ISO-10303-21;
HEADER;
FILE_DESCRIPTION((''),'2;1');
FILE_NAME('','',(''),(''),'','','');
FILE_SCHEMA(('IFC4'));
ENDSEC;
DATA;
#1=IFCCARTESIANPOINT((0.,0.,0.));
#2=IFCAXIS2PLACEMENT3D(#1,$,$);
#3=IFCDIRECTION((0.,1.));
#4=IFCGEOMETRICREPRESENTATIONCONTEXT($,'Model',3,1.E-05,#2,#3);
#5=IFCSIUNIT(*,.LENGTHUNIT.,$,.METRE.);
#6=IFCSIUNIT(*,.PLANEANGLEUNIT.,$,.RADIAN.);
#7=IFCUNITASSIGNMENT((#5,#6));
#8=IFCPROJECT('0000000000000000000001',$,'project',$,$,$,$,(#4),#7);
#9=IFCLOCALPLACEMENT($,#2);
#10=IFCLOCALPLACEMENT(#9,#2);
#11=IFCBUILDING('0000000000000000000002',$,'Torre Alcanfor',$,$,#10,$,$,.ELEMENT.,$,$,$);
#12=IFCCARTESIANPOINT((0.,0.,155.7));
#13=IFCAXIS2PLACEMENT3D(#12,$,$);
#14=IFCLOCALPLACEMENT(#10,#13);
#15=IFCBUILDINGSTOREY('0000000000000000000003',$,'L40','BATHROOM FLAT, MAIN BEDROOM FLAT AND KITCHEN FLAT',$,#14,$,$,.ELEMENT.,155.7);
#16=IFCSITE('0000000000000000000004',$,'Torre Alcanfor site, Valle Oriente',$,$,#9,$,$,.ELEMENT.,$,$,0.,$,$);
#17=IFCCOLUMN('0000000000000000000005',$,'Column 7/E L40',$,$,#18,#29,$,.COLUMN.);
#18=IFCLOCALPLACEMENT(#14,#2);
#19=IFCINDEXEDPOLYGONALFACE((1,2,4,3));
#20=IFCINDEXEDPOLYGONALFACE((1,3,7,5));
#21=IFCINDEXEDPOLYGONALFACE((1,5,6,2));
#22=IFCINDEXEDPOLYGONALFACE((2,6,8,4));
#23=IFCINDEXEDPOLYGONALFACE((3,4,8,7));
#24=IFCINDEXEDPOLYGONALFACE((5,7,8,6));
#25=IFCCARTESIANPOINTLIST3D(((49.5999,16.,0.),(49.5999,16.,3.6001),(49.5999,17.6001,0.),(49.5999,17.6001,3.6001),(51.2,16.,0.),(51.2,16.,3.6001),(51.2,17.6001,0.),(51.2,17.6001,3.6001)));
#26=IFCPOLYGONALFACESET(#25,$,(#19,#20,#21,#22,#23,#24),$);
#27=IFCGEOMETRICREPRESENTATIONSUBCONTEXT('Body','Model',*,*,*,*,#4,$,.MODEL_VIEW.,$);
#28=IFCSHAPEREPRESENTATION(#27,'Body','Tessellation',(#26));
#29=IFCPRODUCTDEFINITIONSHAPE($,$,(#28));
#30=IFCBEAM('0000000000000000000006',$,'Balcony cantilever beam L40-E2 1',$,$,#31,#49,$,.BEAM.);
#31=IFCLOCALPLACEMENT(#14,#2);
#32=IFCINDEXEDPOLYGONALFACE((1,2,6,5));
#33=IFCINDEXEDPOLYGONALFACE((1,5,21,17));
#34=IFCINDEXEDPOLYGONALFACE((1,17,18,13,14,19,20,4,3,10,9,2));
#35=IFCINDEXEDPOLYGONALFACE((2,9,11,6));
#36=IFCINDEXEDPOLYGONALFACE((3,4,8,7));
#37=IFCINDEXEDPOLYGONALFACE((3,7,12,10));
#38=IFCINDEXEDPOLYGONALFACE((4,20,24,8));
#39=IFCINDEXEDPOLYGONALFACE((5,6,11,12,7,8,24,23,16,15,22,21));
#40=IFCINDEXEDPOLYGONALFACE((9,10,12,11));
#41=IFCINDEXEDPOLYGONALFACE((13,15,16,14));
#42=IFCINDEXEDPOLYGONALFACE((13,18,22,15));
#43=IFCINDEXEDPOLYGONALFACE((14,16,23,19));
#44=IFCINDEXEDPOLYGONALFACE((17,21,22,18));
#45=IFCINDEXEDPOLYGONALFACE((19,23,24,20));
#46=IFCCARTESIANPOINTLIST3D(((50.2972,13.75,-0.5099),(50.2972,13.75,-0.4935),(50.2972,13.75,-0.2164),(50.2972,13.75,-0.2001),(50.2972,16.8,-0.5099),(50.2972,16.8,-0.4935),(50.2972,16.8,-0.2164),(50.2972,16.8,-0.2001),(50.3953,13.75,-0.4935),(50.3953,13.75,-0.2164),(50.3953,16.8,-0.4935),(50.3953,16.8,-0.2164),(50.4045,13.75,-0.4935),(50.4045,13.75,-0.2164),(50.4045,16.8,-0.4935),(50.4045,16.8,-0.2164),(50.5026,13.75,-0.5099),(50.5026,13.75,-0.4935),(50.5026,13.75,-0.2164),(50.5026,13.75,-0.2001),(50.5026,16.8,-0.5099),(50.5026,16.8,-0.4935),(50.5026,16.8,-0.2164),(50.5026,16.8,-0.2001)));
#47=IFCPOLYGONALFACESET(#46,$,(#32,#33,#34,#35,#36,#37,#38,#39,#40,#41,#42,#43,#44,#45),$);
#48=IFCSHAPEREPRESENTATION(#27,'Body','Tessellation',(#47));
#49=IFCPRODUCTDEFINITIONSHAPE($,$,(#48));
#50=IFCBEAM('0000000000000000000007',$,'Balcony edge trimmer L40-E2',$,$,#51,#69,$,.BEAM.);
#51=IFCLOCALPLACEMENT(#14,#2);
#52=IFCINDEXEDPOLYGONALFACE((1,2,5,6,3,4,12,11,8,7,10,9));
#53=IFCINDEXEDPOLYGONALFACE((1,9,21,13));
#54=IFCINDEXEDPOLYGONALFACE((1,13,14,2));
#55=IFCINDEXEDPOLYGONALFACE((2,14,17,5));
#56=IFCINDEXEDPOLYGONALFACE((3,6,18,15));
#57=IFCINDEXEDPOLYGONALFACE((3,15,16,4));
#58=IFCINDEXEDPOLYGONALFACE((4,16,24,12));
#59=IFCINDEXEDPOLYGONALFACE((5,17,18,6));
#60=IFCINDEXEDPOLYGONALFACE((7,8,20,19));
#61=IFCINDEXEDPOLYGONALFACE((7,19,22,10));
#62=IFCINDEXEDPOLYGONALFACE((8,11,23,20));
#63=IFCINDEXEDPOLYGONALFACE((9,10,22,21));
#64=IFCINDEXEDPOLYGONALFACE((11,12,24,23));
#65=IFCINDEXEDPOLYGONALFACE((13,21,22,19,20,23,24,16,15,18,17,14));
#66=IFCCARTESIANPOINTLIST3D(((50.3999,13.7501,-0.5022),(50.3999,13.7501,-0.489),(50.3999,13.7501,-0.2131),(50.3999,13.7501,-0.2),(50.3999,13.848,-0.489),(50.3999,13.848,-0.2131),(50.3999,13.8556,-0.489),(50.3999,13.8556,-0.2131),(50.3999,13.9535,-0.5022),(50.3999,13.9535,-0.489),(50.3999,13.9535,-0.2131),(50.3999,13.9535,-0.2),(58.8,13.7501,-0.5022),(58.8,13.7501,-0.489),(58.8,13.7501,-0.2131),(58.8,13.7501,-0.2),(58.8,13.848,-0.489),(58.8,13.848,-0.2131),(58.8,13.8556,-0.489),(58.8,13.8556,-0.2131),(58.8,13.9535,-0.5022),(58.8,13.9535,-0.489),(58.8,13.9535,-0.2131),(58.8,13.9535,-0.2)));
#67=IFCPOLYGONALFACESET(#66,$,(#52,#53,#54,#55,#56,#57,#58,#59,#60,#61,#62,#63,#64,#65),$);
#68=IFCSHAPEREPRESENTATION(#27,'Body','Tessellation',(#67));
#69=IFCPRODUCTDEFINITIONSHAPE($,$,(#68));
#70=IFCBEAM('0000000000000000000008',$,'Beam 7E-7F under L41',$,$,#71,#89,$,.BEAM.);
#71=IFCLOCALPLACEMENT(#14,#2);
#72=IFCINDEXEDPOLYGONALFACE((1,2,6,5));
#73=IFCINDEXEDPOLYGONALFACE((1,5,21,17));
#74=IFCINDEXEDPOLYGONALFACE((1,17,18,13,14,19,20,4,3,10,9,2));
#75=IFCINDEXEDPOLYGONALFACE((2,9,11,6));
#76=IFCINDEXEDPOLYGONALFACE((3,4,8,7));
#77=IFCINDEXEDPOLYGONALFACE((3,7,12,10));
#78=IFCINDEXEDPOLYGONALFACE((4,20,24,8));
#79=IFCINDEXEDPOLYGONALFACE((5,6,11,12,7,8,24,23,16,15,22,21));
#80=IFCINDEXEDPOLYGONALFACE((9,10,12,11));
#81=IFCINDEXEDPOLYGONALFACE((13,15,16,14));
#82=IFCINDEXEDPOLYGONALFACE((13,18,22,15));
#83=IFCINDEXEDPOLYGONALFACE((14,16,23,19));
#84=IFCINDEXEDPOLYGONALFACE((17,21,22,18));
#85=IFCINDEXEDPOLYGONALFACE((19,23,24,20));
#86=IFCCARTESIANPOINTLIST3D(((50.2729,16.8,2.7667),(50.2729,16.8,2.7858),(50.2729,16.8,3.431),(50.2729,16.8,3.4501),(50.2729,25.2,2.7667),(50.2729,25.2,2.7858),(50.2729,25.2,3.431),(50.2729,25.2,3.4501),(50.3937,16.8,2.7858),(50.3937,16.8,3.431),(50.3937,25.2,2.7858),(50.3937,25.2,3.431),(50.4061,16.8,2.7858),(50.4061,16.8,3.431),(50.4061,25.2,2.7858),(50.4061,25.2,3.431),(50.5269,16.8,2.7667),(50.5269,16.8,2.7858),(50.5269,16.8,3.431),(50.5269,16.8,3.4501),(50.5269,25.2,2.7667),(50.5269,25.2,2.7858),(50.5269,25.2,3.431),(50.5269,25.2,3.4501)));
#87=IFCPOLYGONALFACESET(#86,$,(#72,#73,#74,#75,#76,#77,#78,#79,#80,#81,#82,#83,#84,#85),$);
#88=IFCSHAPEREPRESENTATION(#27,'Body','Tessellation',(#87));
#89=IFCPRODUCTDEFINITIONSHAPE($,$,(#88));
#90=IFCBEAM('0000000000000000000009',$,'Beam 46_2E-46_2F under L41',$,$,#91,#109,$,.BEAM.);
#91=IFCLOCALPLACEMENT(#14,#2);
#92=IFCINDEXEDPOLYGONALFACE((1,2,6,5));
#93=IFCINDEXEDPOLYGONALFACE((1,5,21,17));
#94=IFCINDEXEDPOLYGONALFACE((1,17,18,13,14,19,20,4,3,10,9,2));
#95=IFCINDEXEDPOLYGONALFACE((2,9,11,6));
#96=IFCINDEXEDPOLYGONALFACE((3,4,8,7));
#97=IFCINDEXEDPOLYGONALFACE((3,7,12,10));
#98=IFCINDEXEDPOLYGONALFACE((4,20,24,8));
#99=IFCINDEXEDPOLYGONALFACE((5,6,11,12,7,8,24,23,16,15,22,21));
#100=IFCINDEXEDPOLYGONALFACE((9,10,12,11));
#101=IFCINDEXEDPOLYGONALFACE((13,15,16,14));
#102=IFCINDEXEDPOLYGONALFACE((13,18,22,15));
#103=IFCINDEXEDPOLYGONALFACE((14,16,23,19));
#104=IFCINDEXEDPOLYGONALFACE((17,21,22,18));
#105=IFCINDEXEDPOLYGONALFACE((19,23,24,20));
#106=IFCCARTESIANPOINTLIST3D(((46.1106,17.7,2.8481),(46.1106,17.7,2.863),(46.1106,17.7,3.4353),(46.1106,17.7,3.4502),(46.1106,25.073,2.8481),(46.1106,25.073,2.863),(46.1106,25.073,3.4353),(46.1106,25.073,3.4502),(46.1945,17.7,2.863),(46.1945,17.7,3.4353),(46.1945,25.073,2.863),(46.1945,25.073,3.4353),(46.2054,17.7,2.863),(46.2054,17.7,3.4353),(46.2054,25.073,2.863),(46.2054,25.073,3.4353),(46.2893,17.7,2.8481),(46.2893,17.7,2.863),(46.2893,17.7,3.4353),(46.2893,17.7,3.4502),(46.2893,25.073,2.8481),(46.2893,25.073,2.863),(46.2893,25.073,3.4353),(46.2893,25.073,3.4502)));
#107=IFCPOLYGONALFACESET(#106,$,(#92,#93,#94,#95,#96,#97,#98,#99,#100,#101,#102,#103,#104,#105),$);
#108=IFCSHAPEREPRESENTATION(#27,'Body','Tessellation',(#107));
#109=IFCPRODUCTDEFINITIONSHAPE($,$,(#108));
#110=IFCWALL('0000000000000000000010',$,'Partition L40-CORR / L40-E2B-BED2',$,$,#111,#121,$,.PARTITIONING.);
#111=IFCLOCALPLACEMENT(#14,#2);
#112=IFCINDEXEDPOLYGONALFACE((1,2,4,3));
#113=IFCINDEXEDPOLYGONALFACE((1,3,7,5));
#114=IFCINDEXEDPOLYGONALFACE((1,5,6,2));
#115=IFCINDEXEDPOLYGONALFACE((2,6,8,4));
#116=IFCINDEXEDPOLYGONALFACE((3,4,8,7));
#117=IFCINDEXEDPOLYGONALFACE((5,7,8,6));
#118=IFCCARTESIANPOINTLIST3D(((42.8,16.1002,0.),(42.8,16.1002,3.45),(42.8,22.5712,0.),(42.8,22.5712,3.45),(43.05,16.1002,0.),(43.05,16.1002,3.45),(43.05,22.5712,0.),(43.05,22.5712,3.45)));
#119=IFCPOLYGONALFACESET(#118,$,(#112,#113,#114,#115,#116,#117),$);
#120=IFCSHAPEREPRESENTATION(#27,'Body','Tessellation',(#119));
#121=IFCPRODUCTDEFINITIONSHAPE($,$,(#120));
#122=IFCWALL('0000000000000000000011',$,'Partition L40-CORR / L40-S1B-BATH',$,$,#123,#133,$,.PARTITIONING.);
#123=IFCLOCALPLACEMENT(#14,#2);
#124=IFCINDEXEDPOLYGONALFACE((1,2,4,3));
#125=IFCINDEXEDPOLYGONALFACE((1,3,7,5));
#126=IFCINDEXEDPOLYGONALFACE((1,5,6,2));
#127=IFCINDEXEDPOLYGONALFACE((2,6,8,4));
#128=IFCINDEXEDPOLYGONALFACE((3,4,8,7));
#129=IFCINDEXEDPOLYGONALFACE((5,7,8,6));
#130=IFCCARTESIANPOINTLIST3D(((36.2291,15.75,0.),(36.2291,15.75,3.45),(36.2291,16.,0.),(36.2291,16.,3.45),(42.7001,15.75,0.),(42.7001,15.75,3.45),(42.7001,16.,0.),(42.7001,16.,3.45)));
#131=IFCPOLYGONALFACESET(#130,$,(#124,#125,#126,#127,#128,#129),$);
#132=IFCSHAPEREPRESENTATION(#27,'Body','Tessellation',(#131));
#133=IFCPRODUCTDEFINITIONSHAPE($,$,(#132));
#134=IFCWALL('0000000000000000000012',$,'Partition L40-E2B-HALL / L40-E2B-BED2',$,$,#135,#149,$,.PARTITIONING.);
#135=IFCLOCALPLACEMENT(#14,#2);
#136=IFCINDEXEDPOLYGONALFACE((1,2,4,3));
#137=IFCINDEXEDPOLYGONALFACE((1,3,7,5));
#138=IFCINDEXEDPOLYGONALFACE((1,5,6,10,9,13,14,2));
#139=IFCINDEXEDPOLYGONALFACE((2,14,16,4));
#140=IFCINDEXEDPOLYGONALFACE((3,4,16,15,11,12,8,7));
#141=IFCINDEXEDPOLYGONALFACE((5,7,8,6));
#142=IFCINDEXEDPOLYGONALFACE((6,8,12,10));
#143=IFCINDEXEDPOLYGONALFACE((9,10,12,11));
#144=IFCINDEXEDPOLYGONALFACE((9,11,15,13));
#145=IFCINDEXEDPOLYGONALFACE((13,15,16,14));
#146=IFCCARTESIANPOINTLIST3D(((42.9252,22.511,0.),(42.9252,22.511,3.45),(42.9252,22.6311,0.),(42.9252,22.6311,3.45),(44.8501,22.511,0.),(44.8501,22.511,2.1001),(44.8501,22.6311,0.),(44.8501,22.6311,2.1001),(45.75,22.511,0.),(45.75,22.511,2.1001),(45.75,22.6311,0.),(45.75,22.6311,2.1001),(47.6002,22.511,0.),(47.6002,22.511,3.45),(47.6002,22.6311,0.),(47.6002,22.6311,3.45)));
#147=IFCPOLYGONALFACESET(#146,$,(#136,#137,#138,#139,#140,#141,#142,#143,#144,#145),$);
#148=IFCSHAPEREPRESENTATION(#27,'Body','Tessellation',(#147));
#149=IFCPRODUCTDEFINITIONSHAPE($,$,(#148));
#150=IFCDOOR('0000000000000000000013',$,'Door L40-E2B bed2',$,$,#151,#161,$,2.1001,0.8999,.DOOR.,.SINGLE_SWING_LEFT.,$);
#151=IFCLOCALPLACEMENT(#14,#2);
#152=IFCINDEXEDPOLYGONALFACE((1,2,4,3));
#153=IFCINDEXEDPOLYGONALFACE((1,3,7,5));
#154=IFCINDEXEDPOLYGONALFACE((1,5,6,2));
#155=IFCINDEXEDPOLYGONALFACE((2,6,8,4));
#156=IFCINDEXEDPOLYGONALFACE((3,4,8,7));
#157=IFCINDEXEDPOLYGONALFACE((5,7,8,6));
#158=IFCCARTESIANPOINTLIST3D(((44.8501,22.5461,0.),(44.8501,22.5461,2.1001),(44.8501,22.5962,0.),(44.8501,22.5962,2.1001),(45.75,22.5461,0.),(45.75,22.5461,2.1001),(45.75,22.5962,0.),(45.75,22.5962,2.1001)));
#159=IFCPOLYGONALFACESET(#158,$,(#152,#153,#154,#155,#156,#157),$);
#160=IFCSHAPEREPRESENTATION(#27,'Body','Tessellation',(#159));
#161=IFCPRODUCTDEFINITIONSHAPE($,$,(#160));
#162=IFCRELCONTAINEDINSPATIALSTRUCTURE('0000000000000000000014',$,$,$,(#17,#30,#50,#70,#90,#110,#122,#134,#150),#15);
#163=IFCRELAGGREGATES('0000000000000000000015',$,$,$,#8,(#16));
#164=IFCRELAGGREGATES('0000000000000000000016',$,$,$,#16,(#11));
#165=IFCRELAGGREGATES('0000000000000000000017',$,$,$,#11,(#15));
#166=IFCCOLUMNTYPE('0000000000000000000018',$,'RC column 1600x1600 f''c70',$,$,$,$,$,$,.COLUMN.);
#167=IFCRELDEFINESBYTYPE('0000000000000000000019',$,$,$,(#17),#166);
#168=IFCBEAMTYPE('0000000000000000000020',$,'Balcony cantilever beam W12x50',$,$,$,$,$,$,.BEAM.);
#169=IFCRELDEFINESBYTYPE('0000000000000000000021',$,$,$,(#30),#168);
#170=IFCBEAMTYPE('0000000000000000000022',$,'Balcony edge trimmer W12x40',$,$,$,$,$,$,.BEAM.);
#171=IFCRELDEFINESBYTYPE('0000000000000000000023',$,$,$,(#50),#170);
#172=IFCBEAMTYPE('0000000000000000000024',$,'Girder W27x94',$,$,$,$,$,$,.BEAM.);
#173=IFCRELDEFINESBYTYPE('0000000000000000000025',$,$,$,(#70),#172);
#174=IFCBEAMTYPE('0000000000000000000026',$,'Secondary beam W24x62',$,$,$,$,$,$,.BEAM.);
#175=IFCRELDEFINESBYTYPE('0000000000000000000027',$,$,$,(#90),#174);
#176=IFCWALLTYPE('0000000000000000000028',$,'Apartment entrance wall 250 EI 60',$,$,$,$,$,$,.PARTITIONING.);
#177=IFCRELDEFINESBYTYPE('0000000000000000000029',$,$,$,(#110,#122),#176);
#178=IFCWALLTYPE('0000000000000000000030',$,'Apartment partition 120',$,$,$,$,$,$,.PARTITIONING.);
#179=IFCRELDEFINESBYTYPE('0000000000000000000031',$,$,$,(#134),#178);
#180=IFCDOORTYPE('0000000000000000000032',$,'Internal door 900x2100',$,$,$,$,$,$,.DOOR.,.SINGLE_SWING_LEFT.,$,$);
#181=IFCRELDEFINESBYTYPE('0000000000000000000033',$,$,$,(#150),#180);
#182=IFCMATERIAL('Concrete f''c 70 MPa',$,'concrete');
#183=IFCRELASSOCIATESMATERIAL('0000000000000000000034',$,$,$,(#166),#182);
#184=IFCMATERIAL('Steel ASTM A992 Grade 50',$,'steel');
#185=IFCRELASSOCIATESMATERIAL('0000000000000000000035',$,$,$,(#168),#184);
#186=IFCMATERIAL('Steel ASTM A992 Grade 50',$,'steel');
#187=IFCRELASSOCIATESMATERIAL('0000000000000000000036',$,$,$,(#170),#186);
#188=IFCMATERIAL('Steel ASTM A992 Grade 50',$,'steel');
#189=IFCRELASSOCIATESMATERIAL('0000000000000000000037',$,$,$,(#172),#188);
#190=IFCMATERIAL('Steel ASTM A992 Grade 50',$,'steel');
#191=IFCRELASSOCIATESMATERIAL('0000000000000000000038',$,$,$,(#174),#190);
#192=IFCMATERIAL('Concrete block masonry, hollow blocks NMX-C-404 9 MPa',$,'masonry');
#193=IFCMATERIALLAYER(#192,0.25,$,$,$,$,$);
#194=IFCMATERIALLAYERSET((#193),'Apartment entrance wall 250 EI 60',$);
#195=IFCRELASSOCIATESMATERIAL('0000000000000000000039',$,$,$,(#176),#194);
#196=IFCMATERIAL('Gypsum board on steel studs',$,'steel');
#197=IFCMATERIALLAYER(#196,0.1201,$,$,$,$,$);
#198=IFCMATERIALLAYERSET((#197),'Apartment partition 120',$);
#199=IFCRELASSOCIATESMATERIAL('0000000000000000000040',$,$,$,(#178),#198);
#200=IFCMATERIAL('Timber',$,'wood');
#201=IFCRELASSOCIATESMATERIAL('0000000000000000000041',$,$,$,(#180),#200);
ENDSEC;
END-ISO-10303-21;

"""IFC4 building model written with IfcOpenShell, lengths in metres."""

from ifc_helpers import new_model, si_unit, direction, frame, frame_2d, origin, origin_2d, place, context, subcontext, project, spatial, rectangle, i_section, extrude, material, layer, layer_set, material_profile, profile_set, type_object, element, fill, save


model = new_model("IFC4")

# Units and contexts
model_context = context("Model", 3, precision=1e-05, world=origin(), true_north=direction((0.0, 1.0)))
body_context = subcontext(model_context, "Body", "Model", "MODEL_VIEW")
ifc_project = project(units=[si_unit("LENGTHUNIT", "METRE"), si_unit("PLANEANGLEUNIT", "RADIAN")], contexts=[model_context])

# Site, building, storey
site_placement = place(None, origin())
site = spatial("IfcSite", under=ifc_project, at=site_placement, Name="Torre Alcanfor site, Valle Oriente", CompositionType="ELEMENT", RefElevation=0.0)
building_placement = place(site_placement, origin())
building = spatial("IfcBuilding", under=site, at=building_placement, Name="Torre Alcanfor", CompositionType="ELEMENT")
storey_placement = place(building_placement, frame((0.0, 0.0, 155.7)))
storey = spatial("IfcBuildingStorey", under=building, at=storey_placement, Name="L40", Description="BATHROOM FLAT, MAIN BEDROOM FLAT AND KITCHEN FLAT", CompositionType="ELEMENT", Elevation=155.7)

# Column
ifc_material_1 = material(Name="Concrete f'c 70 MPa", Category="concrete")
ifc_material_profile_1 = material_profile(ifc_material_1, rectangle(XDim=1.6001, YDim=1.6001, at=origin_2d()), Name="1600x1600")
ifc_profile_set_1 = profile_set([ifc_material_profile_1], Name="Concrete f'c 70 MPa")
column_type = type_object("IfcColumnType", Name="RC column 1600x1600 f'c70", PredefinedType="COLUMN", material=ifc_profile_set_1)
column_placement = place(storey_placement, frame((50.3999, 16.8, 0.0), z_axis=(0.0, 0.0, 1.0), x_axis=(1.0, 0.0, 0.0)))
element("IfcColumn", 1, at=column_placement, inside=storey, type_object=column_type, Name="Column 7/E L40", PredefinedType="COLUMN", context=body_context, shape_type="SweptSolid", body=[
    extrude(rectangle(XDim=1.6001, YDim=1.6001, at=origin_2d()), origin(), (0.0, 0.0, 1.0), 3.6001),
])

# Beams
ifc_material_2 = material(Name="Steel ASTM A992 Grade 50", Category="steel")
ifc_material_profile_2 = material_profile(ifc_material_2, i_section(OverallWidth=0.2053, OverallDepth=0.3098, WebThickness=0.0093, FlangeThickness=0.0164, at=origin_2d()), Name="W12x50")
ifc_profile_set_2 = profile_set([ifc_material_profile_2], Name="Steel ASTM A992 Grade 50")
beam_type_1 = type_object("IfcBeamType", Name="Balcony cantilever beam W12x50", PredefinedType="BEAM", material=ifc_profile_set_2)
beam_1_placement = place(storey_placement, frame((50.3999, 16.8, -0.355), z_axis=(0.0, -1.0, 0.0), x_axis=(1.0, 0.0, 0.0)))
element("IfcBeam", 2, at=beam_1_placement, inside=storey, type_object=beam_type_1, Name="Balcony cantilever beam L40-E2 1", PredefinedType="BEAM", context=body_context, shape_type="SweptSolid", body=[
    extrude(i_section(OverallWidth=0.2053, OverallDepth=0.3098, WebThickness=0.0093, FlangeThickness=0.0164, at=origin_2d()), origin(), (0.0, 0.0, 1.0), 3.05),
])
ifc_material_3 = material(Name="Steel ASTM A992 Grade 50", Category="steel")
ifc_material_profile_3 = material_profile(ifc_material_3, i_section(OverallWidth=0.2034, OverallDepth=0.3022, WebThickness=0.0076, FlangeThickness=0.0132, at=origin_2d()), Name="W12x40")
ifc_profile_set_3 = profile_set([ifc_material_profile_3], Name="Steel ASTM A992 Grade 50")
beam_type_2 = type_object("IfcBeamType", Name="Balcony edge trimmer W12x40", PredefinedType="BEAM", material=ifc_profile_set_3)
beam_2_placement = place(storey_placement, frame((50.3999, 13.8518, -0.3511), z_axis=(1.0, 0.0, 0.0), x_axis=(0.0, 1.0, 0.0)))
element("IfcBeam", 3, at=beam_2_placement, inside=storey, type_object=beam_type_2, Name="Balcony edge trimmer L40-E2", PredefinedType="BEAM", context=body_context, shape_type="SweptSolid", body=[
    extrude(i_section(OverallWidth=0.2034, OverallDepth=0.3022, WebThickness=0.0076, FlangeThickness=0.0132, at=origin_2d()), origin(), (0.0, 0.0, 1.0), 8.4001),
])
ifc_material_4 = material(Name="Steel ASTM A992 Grade 50", Category="steel")
ifc_material_profile_4 = material_profile(ifc_material_4, i_section(OverallWidth=0.2539, OverallDepth=0.6833, WebThickness=0.0125, FlangeThickness=0.019, at=origin_2d()), Name="W27x94")
ifc_profile_set_4 = profile_set([ifc_material_profile_4], Name="Steel ASTM A992 Grade 50")
beam_type_3 = type_object("IfcBeamType", Name="Girder W27x94", PredefinedType="BEAM", material=ifc_profile_set_4)
beam_3_placement = place(storey_placement, frame((50.3999, 16.8, 3.1084), z_axis=(0.0, 1.0, 0.0), x_axis=(-1.0, 0.0, 0.0)))
element("IfcBeam", 4, at=beam_3_placement, inside=storey, type_object=beam_type_3, Name="Beam 7E-7F under L41", PredefinedType="BEAM", context=body_context, shape_type="SweptSolid", body=[
    extrude(i_section(OverallWidth=0.2539, OverallDepth=0.6833, WebThickness=0.0125, FlangeThickness=0.019, at=origin_2d()), origin(), (0.0, 0.0, 1.0), 8.3999),
])
ifc_material_5 = material(Name="Steel ASTM A992 Grade 50", Category="steel")
ifc_material_profile_5 = material_profile(ifc_material_5, i_section(OverallWidth=0.1787, OverallDepth=0.6021, WebThickness=0.011, FlangeThickness=0.0149, at=origin_2d()), Name="W24x62")
ifc_profile_set_5 = profile_set([ifc_material_profile_5], Name="Steel ASTM A992 Grade 50")
beam_type_4 = type_object("IfcBeamType", Name="Secondary beam W24x62", PredefinedType="BEAM", material=ifc_profile_set_5)
beam_4_placement = place(storey_placement, frame((46.2, 17.7, 3.1492), z_axis=(0.0, 1.0, 0.0), x_axis=(-1.0, 0.0, 0.0)))
element("IfcBeam", 5, at=beam_4_placement, inside=storey, type_object=beam_type_4, Name="Beam 46_2E-46_2F under L41", PredefinedType="BEAM", context=body_context, shape_type="SweptSolid", body=[
    extrude(i_section(OverallWidth=0.1787, OverallDepth=0.6021, WebThickness=0.011, FlangeThickness=0.0149, at=origin_2d()), origin(), (0.0, 0.0, 1.0), 7.373),
])

# Walls
ifc_material_6 = material(Name="Concrete block masonry, hollow blocks NMX-C-404 9 MPa", Category="masonry")
ifc_layer_1 = layer(ifc_material_6, 0.25)
ifc_layer_set_1 = layer_set([ifc_layer_1], Name="Apartment entrance wall 250 EI 60")
wall_type_1 = type_object("IfcWallType", Name="Apartment entrance wall 250 EI 60", PredefinedType="PARTITIONING", material=ifc_layer_set_1)
for number, where, z_axis, x_axis, name in (
    (6, (42.925, 22.571, 0.0), (0.0, 0.0, 1.0), (0.0, -1.0, 0.0), "Partition L40-CORR / L40-E2B-BED2"),
    (7, (42.7, 15.875, 0.0), (0.0, 0.0, 1.0), (-1.0, 0.0, 0.0), "Partition L40-CORR / L40-S1B-BATH"),
):
    element("IfcWall", number, at=place(storey_placement, frame(where, z_axis=z_axis, x_axis=x_axis)), inside=storey, type_object=wall_type_1, Name=name, PredefinedType="PARTITIONING", context=body_context, shape_type="SweptSolid", body=[
        extrude(rectangle(XDim=6.4709, YDim=0.25, at=frame_2d((3.2354, 0.0))), origin(), (0.0, 0.0, 1.0), 3.45),
    ])

# Wall, opening, door
ifc_material_7 = material(Name="Gypsum board on steel studs", Category="steel")
ifc_layer_2 = layer(ifc_material_7, 0.1201)
ifc_layer_set_2 = layer_set([ifc_layer_2], Name="Apartment partition 120")
wall_type_2 = type_object("IfcWallType", Name="Apartment partition 120", PredefinedType="PARTITIONING", material=ifc_layer_set_2)
wall_1_placement = place(storey_placement, frame((47.6001, 22.571, 0.0), z_axis=(0.0, 0.0, 1.0), x_axis=(-1.0, 0.0, 0.0)))
wall_1 = element("IfcWall", 8, at=wall_1_placement, inside=storey, type_object=wall_type_2, Name="Partition L40-E2B-HALL / L40-E2B-BED2", PredefinedType="PARTITIONING", context=body_context, shape_type="SweptSolid", body=[
    extrude(rectangle(XDim=4.675, YDim=0.1201, at=frame_2d((2.3374, 0.0))), origin(), (0.0, 0.0, 1.0), 3.45),
])
opening_1_placement = place(wall_1_placement, frame((1.8501, 0.0, 0.0)))
opening_1 = element("IfcOpeningElement", 9, at=opening_1_placement, cuts=wall_1, PredefinedType="OPENING", context=body_context, shape_type="SweptSolid", body=[
    extrude(rectangle(XDim=0.8999, YDim=2.1001, at=frame_2d((0.45, 1.05))), frame((0.0, 0.0701, 0.0), z_axis=(0.0, -1.0, 0.0), x_axis=(1.0, 0.0, 0.0)), (0.0, 0.0, 1.0), 0.1401),
])
ifc_material_8 = material(Name="Timber", Category="wood")
door_type_1 = type_object("IfcDoorType", Name="Internal door 900x2100", OperationType="SINGLE_SWING_LEFT", PredefinedType="DOOR", material=ifc_material_8)
door_1_placement = place(opening_1_placement, origin())
door_1 = element("IfcDoor", 10, at=door_1_placement, inside=storey, type_object=door_type_1, Name="Door L40-E2B bed2", OperationType="SINGLE_SWING_LEFT", OverallHeight=2.1001, OverallWidth=0.8999, PredefinedType="DOOR", context=body_context, shape_type="SweptSolid", body=[
    extrude(rectangle(XDim=0.8999, YDim=2.1001, at=frame_2d((0.45, 1.05))), frame((0.0, 0.0249, 0.0), z_axis=(0.0, -1.0, 0.0), x_axis=(1.0, 0.0, 0.0)), (0.0, 0.0, 1.0), 0.05),
])
fill(opening_1, door_1)

save(model, "model.ifc")
